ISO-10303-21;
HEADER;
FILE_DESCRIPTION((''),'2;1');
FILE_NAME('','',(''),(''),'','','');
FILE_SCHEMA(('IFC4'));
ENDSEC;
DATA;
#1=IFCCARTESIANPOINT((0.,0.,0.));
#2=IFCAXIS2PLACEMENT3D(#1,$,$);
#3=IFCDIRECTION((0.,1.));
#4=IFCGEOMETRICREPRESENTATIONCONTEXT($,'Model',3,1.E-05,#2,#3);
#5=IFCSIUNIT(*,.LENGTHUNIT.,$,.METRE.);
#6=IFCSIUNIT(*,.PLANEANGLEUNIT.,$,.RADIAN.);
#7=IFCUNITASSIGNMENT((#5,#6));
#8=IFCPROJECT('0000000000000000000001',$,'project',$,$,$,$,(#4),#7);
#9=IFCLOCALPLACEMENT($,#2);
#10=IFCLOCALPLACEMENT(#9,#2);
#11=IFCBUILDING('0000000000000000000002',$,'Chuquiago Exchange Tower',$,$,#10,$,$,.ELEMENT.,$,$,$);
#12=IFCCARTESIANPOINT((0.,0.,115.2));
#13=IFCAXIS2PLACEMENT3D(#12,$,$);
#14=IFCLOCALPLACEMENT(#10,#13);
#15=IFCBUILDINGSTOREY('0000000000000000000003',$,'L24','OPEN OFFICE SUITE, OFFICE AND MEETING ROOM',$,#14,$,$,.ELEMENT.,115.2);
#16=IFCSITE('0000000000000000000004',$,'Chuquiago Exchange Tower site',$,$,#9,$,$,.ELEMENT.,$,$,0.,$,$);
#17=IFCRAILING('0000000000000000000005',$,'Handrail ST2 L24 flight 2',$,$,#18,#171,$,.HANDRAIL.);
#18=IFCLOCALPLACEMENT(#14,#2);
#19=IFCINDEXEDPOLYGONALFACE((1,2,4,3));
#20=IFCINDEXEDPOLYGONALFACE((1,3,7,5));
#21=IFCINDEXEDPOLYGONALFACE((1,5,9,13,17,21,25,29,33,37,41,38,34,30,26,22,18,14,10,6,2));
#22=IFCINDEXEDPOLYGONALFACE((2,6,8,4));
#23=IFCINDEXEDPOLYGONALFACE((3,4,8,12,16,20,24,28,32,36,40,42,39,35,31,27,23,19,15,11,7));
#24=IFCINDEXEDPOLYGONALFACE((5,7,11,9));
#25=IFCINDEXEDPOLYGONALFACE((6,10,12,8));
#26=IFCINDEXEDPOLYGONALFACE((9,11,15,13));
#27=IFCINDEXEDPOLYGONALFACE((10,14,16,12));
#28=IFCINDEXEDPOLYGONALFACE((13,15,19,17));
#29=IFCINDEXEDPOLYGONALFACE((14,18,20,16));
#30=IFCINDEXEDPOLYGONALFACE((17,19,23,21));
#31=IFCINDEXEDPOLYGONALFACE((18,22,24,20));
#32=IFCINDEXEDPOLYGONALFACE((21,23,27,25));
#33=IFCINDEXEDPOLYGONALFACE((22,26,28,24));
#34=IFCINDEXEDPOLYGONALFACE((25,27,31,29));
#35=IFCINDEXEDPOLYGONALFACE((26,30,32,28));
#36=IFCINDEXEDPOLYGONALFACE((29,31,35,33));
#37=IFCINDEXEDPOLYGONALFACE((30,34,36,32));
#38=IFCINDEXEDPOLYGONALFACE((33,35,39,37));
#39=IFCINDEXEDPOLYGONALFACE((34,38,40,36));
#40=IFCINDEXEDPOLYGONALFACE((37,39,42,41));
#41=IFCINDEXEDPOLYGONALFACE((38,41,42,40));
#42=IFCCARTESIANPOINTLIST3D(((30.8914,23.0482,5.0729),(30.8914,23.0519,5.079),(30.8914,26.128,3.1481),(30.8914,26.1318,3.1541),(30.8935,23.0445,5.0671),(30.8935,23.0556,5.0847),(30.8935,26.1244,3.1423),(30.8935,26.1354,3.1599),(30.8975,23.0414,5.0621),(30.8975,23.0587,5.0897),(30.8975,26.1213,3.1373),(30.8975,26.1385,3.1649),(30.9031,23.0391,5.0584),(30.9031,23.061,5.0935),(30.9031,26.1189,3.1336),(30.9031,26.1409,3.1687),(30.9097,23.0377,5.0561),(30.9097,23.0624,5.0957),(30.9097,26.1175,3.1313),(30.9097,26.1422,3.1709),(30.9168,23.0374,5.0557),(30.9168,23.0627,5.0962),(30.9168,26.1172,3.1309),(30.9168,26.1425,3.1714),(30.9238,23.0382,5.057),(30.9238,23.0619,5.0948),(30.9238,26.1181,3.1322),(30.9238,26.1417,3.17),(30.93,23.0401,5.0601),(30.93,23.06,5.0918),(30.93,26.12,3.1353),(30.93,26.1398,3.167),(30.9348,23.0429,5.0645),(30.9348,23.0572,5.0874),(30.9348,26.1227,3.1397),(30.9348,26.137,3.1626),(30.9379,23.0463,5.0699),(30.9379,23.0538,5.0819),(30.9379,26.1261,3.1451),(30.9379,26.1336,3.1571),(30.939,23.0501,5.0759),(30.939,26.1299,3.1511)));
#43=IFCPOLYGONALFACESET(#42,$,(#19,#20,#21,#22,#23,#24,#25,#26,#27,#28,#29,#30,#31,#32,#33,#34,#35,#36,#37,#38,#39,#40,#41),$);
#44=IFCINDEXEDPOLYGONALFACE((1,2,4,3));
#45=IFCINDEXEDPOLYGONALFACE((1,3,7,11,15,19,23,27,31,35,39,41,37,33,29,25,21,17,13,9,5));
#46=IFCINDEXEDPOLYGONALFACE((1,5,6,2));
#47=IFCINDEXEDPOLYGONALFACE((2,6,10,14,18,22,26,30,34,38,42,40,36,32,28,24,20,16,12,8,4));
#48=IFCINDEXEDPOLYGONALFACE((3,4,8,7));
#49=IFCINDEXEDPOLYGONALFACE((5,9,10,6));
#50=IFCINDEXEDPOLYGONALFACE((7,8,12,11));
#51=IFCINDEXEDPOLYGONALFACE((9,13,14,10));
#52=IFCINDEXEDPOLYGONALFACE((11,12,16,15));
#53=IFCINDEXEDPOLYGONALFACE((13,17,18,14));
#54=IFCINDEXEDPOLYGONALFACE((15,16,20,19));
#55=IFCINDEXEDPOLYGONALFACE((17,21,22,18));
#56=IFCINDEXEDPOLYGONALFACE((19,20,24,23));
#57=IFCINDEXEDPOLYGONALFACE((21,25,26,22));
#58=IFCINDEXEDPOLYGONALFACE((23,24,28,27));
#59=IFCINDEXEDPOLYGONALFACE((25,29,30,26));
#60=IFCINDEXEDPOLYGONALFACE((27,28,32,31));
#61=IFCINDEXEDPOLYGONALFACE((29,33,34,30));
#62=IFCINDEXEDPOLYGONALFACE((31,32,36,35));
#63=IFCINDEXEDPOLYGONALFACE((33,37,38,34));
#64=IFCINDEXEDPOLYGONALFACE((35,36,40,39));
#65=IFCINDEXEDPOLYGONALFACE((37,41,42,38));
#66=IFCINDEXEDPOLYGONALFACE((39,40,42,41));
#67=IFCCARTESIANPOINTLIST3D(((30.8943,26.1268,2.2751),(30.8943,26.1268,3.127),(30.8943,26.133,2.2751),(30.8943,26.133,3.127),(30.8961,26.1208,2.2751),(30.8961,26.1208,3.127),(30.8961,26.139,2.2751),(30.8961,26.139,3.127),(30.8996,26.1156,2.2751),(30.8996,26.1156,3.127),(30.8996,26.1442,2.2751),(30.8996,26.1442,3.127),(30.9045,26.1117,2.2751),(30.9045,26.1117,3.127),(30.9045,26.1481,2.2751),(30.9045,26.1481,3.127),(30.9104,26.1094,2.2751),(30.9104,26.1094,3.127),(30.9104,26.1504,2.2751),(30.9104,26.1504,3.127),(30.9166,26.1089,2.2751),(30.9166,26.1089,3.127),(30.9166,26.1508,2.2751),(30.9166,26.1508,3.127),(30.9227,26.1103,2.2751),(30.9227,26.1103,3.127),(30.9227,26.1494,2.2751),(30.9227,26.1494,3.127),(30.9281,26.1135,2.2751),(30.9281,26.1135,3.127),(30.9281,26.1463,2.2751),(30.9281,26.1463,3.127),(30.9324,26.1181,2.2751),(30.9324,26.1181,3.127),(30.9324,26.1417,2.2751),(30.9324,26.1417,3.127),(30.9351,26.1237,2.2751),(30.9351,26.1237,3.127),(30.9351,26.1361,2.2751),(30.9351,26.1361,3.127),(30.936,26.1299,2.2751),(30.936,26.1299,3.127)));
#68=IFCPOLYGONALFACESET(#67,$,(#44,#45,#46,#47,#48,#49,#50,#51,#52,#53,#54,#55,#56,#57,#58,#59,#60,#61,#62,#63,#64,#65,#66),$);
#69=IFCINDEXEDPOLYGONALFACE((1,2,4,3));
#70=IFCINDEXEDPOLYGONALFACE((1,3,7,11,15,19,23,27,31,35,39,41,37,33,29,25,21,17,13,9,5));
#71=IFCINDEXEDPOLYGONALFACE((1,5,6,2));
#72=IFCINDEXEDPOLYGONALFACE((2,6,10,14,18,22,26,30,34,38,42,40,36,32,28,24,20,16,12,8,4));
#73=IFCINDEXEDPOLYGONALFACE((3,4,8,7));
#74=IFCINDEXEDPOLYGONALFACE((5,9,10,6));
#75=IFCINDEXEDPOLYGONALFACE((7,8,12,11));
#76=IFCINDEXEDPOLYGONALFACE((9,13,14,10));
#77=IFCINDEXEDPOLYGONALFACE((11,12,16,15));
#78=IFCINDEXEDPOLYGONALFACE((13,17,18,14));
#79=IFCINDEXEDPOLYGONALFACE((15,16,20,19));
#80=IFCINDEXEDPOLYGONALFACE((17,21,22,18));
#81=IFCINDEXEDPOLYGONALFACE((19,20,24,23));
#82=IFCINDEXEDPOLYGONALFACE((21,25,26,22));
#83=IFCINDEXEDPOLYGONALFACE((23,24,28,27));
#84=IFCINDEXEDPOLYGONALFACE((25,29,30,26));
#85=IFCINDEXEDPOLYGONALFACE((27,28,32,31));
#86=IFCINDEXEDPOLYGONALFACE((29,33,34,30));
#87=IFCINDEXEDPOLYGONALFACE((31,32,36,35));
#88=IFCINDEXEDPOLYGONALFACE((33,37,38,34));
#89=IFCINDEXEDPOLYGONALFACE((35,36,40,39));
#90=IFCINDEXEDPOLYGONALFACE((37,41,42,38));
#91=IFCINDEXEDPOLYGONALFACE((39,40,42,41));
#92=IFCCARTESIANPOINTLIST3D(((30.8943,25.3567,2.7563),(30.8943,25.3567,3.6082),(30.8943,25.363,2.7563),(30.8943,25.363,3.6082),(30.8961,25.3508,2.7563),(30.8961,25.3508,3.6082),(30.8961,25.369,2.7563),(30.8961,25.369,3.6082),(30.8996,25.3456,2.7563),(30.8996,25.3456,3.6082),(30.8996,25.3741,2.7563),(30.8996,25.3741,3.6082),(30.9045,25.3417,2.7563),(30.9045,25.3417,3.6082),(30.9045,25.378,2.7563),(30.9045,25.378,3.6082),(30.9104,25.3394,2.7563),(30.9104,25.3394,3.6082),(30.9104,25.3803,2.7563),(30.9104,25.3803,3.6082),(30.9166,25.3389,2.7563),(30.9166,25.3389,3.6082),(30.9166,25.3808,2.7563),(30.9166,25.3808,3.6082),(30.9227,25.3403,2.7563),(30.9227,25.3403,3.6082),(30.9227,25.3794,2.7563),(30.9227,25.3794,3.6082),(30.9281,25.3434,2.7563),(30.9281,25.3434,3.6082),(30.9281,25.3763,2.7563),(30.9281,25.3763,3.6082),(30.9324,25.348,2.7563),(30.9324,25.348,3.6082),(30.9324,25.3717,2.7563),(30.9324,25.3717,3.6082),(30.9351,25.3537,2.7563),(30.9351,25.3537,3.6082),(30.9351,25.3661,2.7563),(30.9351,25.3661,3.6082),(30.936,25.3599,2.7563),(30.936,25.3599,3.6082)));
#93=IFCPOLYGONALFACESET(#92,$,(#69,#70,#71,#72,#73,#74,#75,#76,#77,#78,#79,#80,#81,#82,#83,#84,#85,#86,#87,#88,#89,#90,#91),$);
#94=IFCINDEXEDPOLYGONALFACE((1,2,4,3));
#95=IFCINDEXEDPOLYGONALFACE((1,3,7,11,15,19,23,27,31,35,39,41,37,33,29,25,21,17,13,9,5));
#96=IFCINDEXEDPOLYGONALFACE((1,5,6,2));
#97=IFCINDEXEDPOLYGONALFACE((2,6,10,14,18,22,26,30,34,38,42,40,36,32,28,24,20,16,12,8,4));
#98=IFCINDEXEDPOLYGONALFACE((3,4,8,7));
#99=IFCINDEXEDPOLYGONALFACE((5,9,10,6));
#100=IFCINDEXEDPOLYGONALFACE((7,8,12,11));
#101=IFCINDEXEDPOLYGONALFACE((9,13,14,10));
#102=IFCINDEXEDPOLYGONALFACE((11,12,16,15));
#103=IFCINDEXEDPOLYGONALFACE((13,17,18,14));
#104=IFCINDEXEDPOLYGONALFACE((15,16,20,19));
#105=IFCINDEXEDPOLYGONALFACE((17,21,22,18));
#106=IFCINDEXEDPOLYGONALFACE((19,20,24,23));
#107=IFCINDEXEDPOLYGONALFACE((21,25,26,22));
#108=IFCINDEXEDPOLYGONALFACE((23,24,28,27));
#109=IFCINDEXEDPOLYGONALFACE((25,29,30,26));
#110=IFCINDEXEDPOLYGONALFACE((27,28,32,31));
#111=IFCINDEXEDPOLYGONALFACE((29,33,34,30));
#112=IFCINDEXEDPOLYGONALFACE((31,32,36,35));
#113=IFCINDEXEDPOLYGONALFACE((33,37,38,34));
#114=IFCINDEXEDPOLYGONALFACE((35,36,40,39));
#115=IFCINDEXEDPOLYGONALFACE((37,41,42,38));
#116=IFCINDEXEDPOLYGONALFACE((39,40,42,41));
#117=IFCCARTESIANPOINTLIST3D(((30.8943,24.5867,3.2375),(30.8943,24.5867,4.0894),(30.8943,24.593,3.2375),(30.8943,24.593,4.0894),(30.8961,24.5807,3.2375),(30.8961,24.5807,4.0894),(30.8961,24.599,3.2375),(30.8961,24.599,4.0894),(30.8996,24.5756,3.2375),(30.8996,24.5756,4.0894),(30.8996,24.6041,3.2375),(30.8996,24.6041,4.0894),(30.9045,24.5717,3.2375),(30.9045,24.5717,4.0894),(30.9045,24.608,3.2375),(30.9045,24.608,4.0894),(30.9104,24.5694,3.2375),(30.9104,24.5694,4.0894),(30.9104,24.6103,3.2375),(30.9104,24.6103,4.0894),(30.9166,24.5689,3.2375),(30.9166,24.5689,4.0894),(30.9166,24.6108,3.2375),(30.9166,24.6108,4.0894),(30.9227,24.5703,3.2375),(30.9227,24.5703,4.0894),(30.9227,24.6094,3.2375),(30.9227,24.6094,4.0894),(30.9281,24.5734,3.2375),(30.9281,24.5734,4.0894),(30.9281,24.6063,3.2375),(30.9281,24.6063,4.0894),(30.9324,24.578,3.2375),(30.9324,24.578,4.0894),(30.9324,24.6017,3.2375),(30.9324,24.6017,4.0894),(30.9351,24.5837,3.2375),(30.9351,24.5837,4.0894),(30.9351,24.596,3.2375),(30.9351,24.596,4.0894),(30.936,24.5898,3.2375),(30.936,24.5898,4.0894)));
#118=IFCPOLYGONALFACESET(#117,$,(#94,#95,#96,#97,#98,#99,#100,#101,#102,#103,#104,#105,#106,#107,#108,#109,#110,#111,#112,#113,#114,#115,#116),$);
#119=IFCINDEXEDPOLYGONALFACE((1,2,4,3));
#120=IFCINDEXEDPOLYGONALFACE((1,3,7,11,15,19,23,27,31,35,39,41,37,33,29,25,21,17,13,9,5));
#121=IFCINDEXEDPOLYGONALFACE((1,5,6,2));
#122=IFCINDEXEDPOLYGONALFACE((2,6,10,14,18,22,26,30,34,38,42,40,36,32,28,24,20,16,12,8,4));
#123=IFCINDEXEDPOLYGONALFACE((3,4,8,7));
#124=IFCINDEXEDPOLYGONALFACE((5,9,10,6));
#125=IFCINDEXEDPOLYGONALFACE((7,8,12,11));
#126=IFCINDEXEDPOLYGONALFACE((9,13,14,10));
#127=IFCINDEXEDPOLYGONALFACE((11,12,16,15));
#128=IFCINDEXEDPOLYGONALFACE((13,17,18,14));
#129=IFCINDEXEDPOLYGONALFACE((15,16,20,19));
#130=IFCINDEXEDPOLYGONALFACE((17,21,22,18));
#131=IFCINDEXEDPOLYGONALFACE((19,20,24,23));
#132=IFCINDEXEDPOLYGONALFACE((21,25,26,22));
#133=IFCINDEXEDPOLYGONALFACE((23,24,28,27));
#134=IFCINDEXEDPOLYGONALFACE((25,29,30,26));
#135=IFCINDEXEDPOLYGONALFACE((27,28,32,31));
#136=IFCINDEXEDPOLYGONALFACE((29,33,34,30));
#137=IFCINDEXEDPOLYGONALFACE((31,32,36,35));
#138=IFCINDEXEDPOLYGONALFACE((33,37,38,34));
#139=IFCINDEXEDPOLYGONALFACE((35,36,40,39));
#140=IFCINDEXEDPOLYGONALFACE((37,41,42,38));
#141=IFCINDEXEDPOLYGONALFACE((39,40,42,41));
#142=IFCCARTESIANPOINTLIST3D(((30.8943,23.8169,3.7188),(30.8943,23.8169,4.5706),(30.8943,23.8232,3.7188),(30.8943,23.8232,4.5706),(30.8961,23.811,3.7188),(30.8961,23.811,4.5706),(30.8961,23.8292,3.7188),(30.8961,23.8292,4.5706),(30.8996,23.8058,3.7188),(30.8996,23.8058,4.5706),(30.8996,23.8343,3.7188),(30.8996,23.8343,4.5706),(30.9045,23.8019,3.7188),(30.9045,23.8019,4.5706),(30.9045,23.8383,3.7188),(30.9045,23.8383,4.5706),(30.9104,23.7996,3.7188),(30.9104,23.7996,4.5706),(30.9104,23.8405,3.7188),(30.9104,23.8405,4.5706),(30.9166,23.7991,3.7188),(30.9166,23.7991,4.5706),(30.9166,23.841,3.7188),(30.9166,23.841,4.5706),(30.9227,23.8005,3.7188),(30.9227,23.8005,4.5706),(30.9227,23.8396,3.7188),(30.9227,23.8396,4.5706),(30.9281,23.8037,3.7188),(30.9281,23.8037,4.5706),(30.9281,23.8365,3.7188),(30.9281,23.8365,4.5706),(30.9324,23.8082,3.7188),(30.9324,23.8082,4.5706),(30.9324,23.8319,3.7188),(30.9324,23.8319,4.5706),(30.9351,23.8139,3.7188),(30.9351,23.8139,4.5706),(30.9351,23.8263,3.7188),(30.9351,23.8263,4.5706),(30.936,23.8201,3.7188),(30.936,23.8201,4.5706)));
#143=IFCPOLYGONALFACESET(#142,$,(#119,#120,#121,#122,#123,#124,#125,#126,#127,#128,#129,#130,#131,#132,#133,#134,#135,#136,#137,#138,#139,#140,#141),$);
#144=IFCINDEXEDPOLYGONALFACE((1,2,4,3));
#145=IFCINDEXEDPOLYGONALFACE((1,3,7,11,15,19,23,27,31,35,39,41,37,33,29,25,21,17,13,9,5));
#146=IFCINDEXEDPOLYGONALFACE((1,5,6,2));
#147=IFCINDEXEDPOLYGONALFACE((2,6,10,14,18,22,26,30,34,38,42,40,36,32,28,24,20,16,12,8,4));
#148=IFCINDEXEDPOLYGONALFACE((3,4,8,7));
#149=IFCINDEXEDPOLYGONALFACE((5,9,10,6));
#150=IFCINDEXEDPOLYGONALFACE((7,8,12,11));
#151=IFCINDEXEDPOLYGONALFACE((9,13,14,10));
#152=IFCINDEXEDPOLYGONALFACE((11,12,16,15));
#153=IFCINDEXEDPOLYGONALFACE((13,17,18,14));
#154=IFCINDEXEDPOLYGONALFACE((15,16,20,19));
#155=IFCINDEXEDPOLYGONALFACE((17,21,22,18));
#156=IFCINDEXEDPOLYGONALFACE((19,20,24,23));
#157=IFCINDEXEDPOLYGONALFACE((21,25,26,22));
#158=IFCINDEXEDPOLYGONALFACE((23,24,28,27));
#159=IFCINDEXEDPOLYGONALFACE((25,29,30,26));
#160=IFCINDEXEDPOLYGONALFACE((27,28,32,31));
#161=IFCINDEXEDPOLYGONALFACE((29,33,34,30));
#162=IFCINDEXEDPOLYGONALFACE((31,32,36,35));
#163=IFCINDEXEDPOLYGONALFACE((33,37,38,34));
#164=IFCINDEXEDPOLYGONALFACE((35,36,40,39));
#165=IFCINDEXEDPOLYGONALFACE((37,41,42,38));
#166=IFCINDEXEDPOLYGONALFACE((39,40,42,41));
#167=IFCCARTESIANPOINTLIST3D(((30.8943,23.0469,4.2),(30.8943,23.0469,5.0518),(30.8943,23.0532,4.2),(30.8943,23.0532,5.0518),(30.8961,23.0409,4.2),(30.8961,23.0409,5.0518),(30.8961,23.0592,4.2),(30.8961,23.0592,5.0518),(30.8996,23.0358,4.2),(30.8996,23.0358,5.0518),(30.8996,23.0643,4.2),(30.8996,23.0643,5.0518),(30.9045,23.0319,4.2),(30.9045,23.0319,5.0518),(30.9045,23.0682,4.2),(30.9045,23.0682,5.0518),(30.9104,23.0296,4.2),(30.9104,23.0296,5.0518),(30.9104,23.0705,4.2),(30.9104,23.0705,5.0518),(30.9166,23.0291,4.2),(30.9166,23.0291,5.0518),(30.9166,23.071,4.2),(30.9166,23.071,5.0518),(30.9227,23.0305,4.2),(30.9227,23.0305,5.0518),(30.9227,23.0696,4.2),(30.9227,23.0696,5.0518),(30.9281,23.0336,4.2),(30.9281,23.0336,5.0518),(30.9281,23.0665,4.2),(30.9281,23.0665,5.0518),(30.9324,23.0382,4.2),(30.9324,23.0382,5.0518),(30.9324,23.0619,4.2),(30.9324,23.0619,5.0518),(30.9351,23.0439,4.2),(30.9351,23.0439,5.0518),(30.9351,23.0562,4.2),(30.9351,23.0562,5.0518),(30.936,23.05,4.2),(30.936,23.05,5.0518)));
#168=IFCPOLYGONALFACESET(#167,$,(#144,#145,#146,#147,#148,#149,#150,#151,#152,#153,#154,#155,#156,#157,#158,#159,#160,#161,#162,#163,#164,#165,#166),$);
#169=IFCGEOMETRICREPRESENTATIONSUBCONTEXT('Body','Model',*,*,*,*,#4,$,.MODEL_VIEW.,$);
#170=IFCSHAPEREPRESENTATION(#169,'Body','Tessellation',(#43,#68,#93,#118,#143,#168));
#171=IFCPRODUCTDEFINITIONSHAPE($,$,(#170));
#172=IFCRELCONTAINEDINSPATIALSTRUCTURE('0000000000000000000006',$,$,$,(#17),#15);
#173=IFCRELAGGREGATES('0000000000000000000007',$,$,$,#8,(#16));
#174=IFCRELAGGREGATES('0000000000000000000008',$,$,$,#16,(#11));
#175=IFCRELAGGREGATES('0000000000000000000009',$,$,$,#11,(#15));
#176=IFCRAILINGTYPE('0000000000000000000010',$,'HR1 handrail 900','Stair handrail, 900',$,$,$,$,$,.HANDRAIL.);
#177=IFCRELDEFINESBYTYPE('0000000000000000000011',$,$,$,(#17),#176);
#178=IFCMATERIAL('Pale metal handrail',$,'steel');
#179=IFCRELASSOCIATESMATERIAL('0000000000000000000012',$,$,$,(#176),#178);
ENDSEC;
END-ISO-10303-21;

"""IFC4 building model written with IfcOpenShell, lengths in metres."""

from ifc_helpers import new_model, si_unit, direction, frame, origin, origin_2d, place, context, subcontext, project, spatial, circle, extrude, material, type_object, element, save


model = new_model("IFC4")

# Units and contexts
model_context = context("Model", 3, precision=1e-05, world=origin(), true_north=direction((0.0, 1.0)))
body_context = subcontext(model_context, "Body", "Model", "MODEL_VIEW")
ifc_project = project(units=[si_unit("LENGTHUNIT", "METRE"), si_unit("PLANEANGLEUNIT", "RADIAN")], contexts=[model_context])

# Site, building, storey
site_placement = place(None, origin())
site = spatial("IfcSite", under=ifc_project, at=site_placement, Name="Chuquiago Exchange Tower site", CompositionType="ELEMENT", RefElevation=0.0)
building_placement = place(site_placement, origin())
building = spatial("IfcBuilding", under=site, at=building_placement, Name="Chuquiago Exchange Tower", CompositionType="ELEMENT")
storey_placement = place(building_placement, frame((0.0, 0.0, 115.2)))
storey = spatial("IfcBuildingStorey", under=building, at=storey_placement, Name="L24", Description="OPEN OFFICE SUITE, OFFICE AND MEETING ROOM", CompositionType="ELEMENT", Elevation=115.2)

# Railing
ifc_material_1 = material(Name="Pale metal handrail", Category="steel")
railing_type_1 = type_object("IfcRailingType", Name="HR1 handrail 900", Description="Stair handrail, 900", PredefinedType="HANDRAIL", material=ifc_material_1)
for number, where, name in (
    (1, (30.915, 26.1299, 2.2751), "Handrail ST2 L24 flight 2"),
):
    element("IfcRailing", number, at=place(storey_placement, frame(where)), inside=storey, type_object=railing_type_1, Name=name, PredefinedType="HANDRAIL", context=body_context, shape_type="SweptSolid", body=[
        extrude(circle(Radius=0.0239, at=origin_2d()), frame((0.0, 0.0, 0.876), z_axis=(0.0, -0.84801, 0.529981), x_axis=(1.0, 0.0, 0.0)), (0.0, 0.0, 1.0), 3.6318),
        extrude(circle(Radius=0.021, at=origin_2d()), origin(), (0.0, 0.0, 1.0), 0.8518),
        extrude(circle(Radius=0.021, at=origin_2d()), frame((0.0, -0.77, 0.4812)), (0.0, 0.0, 1.0), 0.8518),
        extrude(circle(Radius=0.021, at=origin_2d()), frame((0.0, -1.54, 0.9624)), (0.0, 0.0, 1.0), 0.8518),
        extrude(circle(Radius=0.021, at=origin_2d()), frame((0.0, -2.3098, 1.4436)), (0.0, 0.0, 1.0), 0.8518),
        extrude(circle(Radius=0.021, at=origin_2d()), frame((0.0, -3.0798, 1.9248)), (0.0, 0.0, 1.0), 0.8518),
    ])

save(model, "model.ifc")
